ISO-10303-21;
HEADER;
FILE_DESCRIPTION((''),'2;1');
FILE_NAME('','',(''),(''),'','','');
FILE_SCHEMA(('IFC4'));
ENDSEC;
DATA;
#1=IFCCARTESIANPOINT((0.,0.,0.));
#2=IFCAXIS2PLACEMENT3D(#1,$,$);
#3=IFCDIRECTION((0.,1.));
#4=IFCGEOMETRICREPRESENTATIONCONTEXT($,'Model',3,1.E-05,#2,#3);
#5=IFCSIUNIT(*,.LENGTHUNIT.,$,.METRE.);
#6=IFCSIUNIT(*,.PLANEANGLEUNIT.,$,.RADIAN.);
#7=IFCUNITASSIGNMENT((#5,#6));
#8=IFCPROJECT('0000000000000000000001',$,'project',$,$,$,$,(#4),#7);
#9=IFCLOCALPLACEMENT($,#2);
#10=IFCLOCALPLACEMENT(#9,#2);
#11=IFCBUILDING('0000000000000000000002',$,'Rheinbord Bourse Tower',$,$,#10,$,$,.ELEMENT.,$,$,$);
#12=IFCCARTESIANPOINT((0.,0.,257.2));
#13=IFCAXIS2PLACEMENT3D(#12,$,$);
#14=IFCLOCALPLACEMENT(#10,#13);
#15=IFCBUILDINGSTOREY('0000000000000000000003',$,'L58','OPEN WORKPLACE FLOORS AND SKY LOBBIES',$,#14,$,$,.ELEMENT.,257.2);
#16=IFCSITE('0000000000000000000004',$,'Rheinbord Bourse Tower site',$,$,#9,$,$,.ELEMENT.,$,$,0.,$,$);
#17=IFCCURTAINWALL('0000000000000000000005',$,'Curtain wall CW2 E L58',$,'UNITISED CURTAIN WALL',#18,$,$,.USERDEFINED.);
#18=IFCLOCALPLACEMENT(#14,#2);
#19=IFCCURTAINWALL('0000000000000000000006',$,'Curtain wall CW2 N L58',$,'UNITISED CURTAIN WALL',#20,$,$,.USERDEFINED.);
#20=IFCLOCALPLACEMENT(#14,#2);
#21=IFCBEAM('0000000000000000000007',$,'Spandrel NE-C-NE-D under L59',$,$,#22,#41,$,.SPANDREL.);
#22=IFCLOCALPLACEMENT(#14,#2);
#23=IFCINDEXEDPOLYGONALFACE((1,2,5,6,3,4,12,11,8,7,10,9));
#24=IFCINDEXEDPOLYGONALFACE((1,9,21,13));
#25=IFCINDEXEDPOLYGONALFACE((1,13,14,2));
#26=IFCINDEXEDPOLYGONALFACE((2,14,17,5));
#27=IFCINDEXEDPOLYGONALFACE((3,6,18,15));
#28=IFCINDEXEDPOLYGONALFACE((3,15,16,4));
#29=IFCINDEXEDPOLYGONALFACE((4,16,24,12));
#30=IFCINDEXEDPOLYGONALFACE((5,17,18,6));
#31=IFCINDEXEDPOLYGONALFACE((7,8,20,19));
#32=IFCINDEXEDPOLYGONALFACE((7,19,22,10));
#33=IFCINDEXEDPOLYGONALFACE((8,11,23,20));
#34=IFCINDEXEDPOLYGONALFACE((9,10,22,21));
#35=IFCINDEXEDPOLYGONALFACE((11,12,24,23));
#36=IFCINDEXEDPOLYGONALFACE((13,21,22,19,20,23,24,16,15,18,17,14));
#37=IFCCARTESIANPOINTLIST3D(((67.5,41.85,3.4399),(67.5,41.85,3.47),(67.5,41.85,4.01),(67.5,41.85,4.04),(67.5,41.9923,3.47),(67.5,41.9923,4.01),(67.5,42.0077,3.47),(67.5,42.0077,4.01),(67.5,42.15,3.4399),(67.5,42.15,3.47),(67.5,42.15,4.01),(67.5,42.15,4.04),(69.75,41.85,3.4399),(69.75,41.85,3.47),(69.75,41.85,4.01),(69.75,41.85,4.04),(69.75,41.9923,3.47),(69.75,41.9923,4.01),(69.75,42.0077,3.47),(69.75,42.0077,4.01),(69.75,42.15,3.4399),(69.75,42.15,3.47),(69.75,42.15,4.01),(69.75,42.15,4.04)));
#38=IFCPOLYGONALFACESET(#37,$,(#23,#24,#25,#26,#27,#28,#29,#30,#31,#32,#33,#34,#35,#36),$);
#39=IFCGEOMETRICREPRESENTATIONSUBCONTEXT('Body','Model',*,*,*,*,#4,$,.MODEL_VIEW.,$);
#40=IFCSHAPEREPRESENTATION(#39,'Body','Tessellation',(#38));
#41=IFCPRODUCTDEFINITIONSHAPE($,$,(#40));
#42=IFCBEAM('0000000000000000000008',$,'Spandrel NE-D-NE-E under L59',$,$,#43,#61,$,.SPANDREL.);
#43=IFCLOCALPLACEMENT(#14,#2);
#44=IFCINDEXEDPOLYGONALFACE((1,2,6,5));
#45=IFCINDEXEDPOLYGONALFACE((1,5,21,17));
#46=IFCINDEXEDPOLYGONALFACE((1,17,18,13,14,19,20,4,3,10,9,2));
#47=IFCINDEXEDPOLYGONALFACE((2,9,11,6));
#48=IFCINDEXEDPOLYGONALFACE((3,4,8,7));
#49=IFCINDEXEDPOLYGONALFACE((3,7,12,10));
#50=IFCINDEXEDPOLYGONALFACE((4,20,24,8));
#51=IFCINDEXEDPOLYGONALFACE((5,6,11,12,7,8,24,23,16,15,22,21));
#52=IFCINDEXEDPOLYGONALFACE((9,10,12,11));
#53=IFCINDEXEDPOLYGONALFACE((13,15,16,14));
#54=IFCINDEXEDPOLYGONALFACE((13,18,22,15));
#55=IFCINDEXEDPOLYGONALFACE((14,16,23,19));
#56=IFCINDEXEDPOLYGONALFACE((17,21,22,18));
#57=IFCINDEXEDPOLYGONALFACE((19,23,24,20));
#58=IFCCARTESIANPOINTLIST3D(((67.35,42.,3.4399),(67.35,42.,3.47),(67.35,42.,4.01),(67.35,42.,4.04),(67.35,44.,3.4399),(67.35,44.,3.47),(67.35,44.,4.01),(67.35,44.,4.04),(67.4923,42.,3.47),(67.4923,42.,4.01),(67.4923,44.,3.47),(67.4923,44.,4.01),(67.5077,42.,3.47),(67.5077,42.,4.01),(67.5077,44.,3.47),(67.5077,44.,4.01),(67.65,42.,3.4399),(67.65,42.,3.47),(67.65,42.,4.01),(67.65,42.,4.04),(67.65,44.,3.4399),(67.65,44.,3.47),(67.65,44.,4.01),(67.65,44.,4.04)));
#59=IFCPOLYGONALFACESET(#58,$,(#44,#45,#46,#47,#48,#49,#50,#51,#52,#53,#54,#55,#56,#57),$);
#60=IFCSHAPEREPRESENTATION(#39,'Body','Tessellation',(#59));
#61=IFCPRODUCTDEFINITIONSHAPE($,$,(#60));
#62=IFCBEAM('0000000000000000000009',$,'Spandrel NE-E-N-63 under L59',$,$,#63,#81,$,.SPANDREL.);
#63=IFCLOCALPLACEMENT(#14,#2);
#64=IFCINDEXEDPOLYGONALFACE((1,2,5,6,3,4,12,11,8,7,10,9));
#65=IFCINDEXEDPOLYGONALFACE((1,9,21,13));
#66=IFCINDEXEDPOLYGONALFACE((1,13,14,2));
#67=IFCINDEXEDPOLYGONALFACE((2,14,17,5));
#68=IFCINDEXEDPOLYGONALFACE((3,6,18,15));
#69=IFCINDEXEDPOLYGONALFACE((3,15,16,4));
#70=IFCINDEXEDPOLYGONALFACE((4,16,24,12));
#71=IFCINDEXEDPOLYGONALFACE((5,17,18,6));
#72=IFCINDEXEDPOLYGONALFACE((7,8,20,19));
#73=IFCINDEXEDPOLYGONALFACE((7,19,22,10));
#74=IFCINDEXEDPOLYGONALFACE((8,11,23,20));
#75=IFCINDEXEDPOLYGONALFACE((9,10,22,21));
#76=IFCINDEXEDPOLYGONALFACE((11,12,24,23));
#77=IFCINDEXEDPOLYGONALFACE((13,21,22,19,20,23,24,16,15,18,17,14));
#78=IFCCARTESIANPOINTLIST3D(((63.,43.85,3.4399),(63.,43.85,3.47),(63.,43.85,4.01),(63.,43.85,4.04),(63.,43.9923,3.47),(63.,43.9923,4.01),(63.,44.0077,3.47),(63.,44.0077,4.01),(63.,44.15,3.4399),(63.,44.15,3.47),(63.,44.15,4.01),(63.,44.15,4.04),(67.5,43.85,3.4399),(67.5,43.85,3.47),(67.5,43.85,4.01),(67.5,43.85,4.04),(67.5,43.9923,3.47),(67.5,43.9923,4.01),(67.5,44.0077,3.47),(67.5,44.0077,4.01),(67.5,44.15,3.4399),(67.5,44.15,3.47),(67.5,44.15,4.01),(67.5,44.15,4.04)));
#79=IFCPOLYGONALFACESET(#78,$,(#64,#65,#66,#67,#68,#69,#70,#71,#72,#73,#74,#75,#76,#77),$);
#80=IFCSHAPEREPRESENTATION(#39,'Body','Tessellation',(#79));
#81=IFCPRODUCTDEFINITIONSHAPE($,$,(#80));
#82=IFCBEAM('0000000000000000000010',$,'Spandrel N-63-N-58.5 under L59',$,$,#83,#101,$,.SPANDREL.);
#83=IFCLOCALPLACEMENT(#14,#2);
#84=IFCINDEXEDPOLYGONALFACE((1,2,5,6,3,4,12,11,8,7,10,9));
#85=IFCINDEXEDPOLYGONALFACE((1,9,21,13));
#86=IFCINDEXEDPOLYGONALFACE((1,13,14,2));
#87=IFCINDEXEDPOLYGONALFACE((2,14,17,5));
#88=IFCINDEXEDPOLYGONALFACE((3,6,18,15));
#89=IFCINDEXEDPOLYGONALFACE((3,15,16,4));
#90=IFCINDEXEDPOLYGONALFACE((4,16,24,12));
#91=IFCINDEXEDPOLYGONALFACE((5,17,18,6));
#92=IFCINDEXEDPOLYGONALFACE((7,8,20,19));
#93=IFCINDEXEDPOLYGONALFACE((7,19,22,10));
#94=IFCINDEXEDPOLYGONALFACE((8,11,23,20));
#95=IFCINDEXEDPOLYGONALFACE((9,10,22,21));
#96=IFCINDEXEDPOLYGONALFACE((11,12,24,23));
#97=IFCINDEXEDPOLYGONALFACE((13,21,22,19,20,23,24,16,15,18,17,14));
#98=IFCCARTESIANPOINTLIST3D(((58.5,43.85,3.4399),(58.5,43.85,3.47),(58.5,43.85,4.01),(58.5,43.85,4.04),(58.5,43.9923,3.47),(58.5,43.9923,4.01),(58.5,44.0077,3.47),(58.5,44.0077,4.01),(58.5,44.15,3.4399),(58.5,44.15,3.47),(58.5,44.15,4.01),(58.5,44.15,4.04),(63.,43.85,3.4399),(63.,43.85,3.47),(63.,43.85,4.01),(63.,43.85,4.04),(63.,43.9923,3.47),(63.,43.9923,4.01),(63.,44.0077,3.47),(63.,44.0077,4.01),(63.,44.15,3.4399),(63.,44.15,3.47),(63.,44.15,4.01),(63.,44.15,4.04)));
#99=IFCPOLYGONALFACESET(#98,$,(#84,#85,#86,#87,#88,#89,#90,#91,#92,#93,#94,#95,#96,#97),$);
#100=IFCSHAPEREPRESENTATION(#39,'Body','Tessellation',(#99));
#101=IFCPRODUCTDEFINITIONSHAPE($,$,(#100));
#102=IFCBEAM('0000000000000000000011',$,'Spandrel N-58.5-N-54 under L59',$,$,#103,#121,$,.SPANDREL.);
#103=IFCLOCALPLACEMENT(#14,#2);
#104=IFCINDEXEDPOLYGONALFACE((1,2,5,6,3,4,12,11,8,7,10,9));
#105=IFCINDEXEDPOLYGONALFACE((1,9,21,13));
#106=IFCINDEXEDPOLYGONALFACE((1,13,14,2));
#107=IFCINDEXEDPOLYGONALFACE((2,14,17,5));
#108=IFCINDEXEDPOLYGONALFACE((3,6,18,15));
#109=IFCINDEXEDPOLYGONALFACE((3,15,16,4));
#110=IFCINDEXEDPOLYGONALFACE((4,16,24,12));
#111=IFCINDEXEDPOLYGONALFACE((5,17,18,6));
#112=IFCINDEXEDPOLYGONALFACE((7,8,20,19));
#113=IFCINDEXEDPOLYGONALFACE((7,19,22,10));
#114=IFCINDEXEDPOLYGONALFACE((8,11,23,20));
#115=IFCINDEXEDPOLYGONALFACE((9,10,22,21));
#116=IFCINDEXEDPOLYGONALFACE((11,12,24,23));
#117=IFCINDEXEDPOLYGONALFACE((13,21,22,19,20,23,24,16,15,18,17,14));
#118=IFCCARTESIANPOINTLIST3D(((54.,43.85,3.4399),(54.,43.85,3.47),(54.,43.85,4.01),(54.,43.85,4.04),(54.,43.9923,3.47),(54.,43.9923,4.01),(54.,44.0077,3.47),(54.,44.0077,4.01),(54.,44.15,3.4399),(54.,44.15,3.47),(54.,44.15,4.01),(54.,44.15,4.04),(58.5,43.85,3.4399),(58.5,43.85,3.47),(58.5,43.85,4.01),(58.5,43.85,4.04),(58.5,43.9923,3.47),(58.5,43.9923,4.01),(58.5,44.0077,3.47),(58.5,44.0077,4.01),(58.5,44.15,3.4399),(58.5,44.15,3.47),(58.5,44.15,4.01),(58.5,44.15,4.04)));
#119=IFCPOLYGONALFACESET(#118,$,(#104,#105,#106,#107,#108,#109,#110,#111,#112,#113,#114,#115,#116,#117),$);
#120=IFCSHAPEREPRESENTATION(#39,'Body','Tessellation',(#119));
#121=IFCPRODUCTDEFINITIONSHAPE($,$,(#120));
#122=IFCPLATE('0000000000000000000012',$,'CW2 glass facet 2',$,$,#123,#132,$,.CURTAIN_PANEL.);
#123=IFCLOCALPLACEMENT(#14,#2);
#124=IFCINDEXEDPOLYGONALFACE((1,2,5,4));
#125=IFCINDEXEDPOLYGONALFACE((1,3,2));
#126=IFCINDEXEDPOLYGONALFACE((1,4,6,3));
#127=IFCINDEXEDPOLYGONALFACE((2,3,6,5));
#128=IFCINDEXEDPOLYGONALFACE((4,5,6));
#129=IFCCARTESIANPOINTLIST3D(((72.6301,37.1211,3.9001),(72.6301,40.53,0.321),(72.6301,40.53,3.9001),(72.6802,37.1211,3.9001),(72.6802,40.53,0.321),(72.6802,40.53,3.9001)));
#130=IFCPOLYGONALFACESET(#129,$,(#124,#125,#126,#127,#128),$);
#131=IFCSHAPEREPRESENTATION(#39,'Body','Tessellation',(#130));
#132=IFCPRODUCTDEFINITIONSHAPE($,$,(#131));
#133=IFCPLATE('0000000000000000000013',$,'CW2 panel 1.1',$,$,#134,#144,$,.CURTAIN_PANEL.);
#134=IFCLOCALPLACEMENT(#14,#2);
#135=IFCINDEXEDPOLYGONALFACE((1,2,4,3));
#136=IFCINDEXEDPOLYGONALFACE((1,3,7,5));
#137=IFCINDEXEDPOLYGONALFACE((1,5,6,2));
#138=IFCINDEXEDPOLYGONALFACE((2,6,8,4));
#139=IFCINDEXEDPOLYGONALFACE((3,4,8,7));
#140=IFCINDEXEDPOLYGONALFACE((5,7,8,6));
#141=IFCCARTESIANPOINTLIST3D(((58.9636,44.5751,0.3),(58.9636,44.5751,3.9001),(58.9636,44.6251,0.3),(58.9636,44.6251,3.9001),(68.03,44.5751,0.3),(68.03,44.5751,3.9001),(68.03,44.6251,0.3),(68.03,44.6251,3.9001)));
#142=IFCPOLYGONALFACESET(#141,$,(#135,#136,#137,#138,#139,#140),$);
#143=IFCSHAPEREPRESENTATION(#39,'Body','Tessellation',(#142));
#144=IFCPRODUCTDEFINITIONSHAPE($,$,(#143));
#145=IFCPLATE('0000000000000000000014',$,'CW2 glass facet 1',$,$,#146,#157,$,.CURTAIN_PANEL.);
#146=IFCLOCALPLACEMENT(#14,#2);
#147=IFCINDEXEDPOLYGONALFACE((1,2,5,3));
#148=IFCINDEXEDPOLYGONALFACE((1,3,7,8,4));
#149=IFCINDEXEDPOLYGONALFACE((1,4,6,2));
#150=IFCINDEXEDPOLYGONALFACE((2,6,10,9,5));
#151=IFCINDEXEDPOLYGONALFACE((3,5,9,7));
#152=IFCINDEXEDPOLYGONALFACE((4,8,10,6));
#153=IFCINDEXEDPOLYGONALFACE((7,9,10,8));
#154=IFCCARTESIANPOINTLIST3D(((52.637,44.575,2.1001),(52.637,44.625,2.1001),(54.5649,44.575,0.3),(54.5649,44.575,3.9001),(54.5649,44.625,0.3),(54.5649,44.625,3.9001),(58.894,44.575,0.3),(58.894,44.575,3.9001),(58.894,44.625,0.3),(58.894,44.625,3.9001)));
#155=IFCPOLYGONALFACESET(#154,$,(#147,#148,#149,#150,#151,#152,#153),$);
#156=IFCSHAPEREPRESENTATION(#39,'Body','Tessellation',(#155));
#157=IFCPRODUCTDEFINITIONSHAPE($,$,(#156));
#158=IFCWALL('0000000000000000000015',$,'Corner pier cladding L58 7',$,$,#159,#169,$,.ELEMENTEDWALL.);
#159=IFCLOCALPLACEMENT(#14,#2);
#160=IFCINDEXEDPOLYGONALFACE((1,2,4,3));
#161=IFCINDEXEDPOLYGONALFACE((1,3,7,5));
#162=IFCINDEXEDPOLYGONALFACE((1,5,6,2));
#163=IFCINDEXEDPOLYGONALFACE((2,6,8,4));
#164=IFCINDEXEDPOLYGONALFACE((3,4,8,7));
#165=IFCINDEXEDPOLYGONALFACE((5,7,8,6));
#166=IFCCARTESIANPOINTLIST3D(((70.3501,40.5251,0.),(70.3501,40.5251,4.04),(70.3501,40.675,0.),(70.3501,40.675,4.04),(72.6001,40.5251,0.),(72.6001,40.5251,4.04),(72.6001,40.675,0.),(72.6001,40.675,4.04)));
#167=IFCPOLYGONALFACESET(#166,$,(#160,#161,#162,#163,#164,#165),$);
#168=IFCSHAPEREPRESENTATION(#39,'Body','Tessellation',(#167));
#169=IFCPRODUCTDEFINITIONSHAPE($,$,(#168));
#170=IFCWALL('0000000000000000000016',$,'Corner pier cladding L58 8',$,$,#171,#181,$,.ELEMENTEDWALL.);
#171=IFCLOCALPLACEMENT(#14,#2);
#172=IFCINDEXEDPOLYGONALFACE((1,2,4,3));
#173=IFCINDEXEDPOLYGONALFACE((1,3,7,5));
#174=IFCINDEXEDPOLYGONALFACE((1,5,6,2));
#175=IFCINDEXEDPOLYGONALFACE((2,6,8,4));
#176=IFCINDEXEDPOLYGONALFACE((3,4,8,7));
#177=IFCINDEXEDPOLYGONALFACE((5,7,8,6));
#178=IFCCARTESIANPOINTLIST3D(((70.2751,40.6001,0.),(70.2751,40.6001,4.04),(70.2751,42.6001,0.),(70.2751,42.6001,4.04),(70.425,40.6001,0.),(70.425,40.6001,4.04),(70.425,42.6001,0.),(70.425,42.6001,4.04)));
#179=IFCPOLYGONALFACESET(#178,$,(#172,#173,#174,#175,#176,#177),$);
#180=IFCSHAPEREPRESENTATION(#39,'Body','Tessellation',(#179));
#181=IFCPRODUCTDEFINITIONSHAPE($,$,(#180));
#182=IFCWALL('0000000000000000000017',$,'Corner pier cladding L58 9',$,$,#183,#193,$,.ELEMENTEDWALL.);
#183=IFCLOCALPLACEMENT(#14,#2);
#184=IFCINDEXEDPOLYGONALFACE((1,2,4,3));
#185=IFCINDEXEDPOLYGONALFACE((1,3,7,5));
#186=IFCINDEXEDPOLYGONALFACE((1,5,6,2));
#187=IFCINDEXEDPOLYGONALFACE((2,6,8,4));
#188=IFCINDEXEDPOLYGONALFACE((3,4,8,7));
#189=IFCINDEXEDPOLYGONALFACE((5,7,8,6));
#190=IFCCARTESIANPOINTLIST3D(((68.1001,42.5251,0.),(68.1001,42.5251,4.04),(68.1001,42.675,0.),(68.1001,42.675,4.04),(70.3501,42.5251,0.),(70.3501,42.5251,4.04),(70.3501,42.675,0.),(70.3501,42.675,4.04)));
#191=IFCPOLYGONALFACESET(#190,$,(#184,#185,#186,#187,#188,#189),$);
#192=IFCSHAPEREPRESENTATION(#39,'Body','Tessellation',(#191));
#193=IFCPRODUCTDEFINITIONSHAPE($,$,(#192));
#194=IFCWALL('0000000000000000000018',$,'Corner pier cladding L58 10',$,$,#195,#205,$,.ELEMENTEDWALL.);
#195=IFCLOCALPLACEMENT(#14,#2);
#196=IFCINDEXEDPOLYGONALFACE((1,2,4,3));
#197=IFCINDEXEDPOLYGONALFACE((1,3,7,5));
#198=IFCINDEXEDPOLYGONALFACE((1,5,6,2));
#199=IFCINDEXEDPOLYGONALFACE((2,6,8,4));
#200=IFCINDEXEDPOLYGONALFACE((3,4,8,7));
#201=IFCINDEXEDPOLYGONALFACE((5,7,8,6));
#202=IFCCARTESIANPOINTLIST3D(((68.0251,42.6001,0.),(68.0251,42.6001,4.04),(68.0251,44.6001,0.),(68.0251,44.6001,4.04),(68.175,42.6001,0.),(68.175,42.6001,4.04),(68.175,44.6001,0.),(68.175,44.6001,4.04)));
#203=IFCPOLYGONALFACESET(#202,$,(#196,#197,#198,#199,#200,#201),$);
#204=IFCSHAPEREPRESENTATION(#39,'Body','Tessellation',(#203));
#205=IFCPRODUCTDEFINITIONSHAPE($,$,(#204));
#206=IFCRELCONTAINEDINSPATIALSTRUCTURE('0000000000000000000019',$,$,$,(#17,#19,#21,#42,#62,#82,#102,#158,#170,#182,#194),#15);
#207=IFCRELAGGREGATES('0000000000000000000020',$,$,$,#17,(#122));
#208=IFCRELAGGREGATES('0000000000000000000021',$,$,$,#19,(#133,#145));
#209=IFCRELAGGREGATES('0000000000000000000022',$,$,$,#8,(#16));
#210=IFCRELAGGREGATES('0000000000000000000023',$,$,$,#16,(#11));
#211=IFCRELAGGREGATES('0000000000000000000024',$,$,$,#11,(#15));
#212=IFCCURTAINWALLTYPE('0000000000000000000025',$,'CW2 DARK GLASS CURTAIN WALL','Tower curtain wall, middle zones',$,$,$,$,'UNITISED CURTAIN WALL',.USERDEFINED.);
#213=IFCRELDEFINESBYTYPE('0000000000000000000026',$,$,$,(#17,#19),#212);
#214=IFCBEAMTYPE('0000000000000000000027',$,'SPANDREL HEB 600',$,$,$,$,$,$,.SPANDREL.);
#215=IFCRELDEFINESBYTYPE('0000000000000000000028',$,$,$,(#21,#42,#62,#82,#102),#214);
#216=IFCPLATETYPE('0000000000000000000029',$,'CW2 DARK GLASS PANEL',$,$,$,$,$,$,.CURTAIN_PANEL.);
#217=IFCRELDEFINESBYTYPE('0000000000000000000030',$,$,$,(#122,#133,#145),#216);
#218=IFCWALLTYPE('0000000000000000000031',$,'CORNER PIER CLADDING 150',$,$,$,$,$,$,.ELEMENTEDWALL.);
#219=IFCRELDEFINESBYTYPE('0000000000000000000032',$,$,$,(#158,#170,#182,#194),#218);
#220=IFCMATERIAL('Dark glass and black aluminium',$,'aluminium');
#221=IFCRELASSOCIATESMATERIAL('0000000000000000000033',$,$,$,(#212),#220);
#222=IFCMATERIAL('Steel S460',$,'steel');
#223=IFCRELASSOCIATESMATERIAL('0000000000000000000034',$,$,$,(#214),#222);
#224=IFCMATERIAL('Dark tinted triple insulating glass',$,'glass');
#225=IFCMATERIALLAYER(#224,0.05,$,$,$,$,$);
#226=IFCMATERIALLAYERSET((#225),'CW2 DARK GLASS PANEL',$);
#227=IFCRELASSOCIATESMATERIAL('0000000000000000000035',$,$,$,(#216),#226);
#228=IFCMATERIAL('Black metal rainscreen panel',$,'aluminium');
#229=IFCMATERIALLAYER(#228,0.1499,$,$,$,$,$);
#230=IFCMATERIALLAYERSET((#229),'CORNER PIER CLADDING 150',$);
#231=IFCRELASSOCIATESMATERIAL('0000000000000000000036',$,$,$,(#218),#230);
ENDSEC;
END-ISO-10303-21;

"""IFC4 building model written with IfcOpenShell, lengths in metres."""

from ifc_helpers import new_model, si_unit, direction, frame, frame_2d, origin, origin_2d, place, context, subcontext, project, spatial, polyline, rectangle, i_section, outline, extrude, material, layer, layer_set, material_profile, profile_set, type_object, element, aggregate, save


model = new_model("IFC4")

# Units and contexts
model_context = context("Model", 3, precision=1e-05, world=origin(), true_north=direction((0.0, 1.0)))
body_context = subcontext(model_context, "Body", "Model", "MODEL_VIEW")
ifc_project = project(units=[si_unit("LENGTHUNIT", "METRE"), si_unit("PLANEANGLEUNIT", "RADIAN")], contexts=[model_context])

# Site, building, storey
site_placement = place(None, origin())
site = spatial("IfcSite", under=ifc_project, at=site_placement, Name="Rheinbord Bourse Tower site", CompositionType="ELEMENT", RefElevation=0.0)
building_placement = place(site_placement, origin())
building = spatial("IfcBuilding", under=site, at=building_placement, Name="Rheinbord Bourse Tower", CompositionType="ELEMENT")
storey_placement = place(building_placement, frame((0.0, 0.0, 257.2)))
storey = spatial("IfcBuildingStorey", under=building, at=storey_placement, Name="L58", Description="OPEN WORKPLACE FLOORS AND SKY LOBBIES", CompositionType="ELEMENT", Elevation=257.2)

# Curtain walls
ifc_material_1 = material(Name="Dark glass and black aluminium", Category="aluminium")
curtain_wall_type = type_object("IfcCurtainWallType", Name="CW2 DARK GLASS CURTAIN WALL", Description="Tower curtain wall, middle zones", ElementType="UNITISED CURTAIN WALL", PredefinedType="USERDEFINED", material=ifc_material_1)
curtain_wall_1_placement = place(storey_placement, origin())
curtain_wall_1 = element("IfcCurtainWall", 1, at=curtain_wall_1_placement, inside=storey, type_object=curtain_wall_type, Name="Curtain wall CW2 E L58", ObjectType="UNITISED CURTAIN WALL", PredefinedType="USERDEFINED")
curtain_wall_2_placement = place(storey_placement, origin())
curtain_wall_2 = element("IfcCurtainWall", 2, at=curtain_wall_2_placement, inside=storey, type_object=curtain_wall_type, Name="Curtain wall CW2 N L58", ObjectType="UNITISED CURTAIN WALL", PredefinedType="USERDEFINED")

# Beams
ifc_material_2 = material(Name="Steel S460", Category="steel")
ifc_material_profile_1 = material_profile(ifc_material_2, i_section(OverallWidth=0.3, OverallDepth=0.6001, WebThickness=0.0154, FlangeThickness=0.03, at=origin_2d()), Name="HEB 600")
ifc_profile_set_1 = profile_set([ifc_material_profile_1], Name="Steel S460")
beam_type_1 = type_object("IfcBeamType", Name="SPANDREL HEB 600", PredefinedType="SPANDREL", material=ifc_profile_set_1)
for number, where, z_axis, x_axis, name in (
    (3, (69.75, 42.0, 3.74), (-1.0, 0.0, 0.0), (0.0, -1.0, 0.0), "Spandrel NE-C-NE-D under L59"),
):
    element("IfcBeam", number, at=place(storey_placement, frame(where, z_axis=z_axis, x_axis=x_axis)), inside=storey, type_object=beam_type_1, Name=name, PredefinedType="SPANDREL", context=body_context, shape_type="SweptSolid", body=[
        extrude(i_section(OverallWidth=0.3, OverallDepth=0.6001, WebThickness=0.0154, FlangeThickness=0.03, at=origin_2d()), origin(), (0.0, 0.0, 1.0), 2.25),
    ])
beam_placement = place(storey_placement, frame((67.5, 42.0, 3.74), z_axis=(0.0, 1.0, 0.0), x_axis=(-1.0, 0.0, 0.0)))
element("IfcBeam", 4, at=beam_placement, inside=storey, type_object=beam_type_1, Name="Spandrel NE-D-NE-E under L59", PredefinedType="SPANDREL", context=body_context, shape_type="SweptSolid", body=[
    extrude(i_section(OverallWidth=0.3, OverallDepth=0.6001, WebThickness=0.0154, FlangeThickness=0.03, at=origin_2d()), origin(), (0.0, 0.0, 1.0), 2.0),
])
for number, where, z_axis, x_axis, name in (
    (5, (67.5, 44.0, 3.74), (-1.0, 0.0, 0.0), (0.0, -1.0, 0.0), "Spandrel NE-E-N-63 under L59"),
    (6, (63.0, 44.0, 3.74), (-1.0, 0.0, 0.0), (0.0, -1.0, 0.0), "Spandrel N-63-N-58.5 under L59"),
    (7, (58.5, 44.0, 3.74), (-1.0, 0.0, 0.0), (0.0, -1.0, 0.0), "Spandrel N-58.5-N-54 under L59"),
):
    element("IfcBeam", number, at=place(storey_placement, frame(where, z_axis=z_axis, x_axis=x_axis)), inside=storey, type_object=beam_type_1, Name=name, PredefinedType="SPANDREL", context=body_context, shape_type="SweptSolid", body=[
        extrude(i_section(OverallWidth=0.3, OverallDepth=0.6001, WebThickness=0.0154, FlangeThickness=0.03, at=origin_2d()), origin(), (0.0, 0.0, 1.0), 4.5),
    ])

# Plates
ifc_material_3 = material(Name="Dark tinted triple insulating glass", Category="glass")
ifc_layer_1 = layer(ifc_material_3, 0.05)
ifc_layer_set_1 = layer_set([ifc_layer_1], Name="CW2 DARK GLASS PANEL")
plate_type = type_object("IfcPlateType", Name="CW2 DARK GLASS PANEL", PredefinedType="CURTAIN_PANEL", material=ifc_layer_set_1)
plate_1_placement = place(storey_placement, frame((72.6802, 40.53, 3.9001), z_axis=(-1.0, 0.0, 0.0), x_axis=(0.0, 0.0, -1.0)))
plate_1 = element("IfcPlate", 8, at=plate_1_placement, type_object=plate_type, Name="CW2 glass facet 2", PredefinedType="CURTAIN_PANEL", context=body_context, shape_type="SweptSolid", body=[
    extrude(outline(polyline([(0.0, 0.0), (3.5791, 0.0), (0.0, 3.4089), (0.0, 0.0)])), origin(), (0.0, 0.0, 1.0), 0.05),
])
aggregate(curtain_wall_1, [plate_1])
plate_2_placement = place(storey_placement, frame((63.4968, 44.6001, 0.3), z_axis=(0.0, 0.0, 1.0), x_axis=(-1.0, 0.0, 0.0)))
plate_2 = element("IfcPlate", 9, at=plate_2_placement, type_object=plate_type, Name="CW2 panel 1.1", PredefinedType="CURTAIN_PANEL", context=body_context, shape_type="SweptSolid", body=[
    extrude(rectangle(XDim=9.0664, YDim=0.05, at=origin_2d()), origin(), (0.0, 0.0, 1.0), 3.6001),
])
plate_3_placement = place(storey_placement, frame((58.894, 44.625, 0.3), z_axis=(0.0, -1.0, 0.0), x_axis=(0.0, 0.0, 1.0)))
plate_3 = element("IfcPlate", 10, at=plate_3_placement, type_object=plate_type, Name="CW2 glass facet 1", PredefinedType="CURTAIN_PANEL", context=body_context, shape_type="SweptSolid", body=[
    extrude(outline(polyline([(0.0, 0.0), (3.6001, 0.0), (3.6001, 4.3291), (1.8, 6.2571), (0.0, 4.3291), (0.0, 0.0)])), origin(), (0.0, 0.0, 1.0), 0.05),
])
aggregate(curtain_wall_2, [plate_2, plate_3])

# Walls
ifc_material_4 = material(Name="Black metal rainscreen panel", Category="aluminium")
ifc_layer_2 = layer(ifc_material_4, 0.1499)
ifc_layer_set_2 = layer_set([ifc_layer_2], Name="CORNER PIER CLADDING 150")
wall_type = type_object("IfcWallType", Name="CORNER PIER CLADDING 150", PredefinedType="ELEMENTEDWALL", material=ifc_layer_set_2)
wall_1_placement = place(storey_placement, frame((72.6001, 40.6001, 0.0), z_axis=(0.0, 0.0, 1.0), x_axis=(-1.0, 0.0, 0.0)))
element("IfcWall", 11, at=wall_1_placement, inside=storey, type_object=wall_type, Name="Corner pier cladding L58 7", PredefinedType="ELEMENTEDWALL", context=body_context, shape_type="SweptSolid", body=[
    extrude(rectangle(XDim=2.25, YDim=0.1499, at=frame_2d((1.125, 0.0))), origin(), (0.0, 0.0, 1.0), 4.04),
])
wall_2_placement = place(storey_placement, frame((70.3501, 40.6001, 0.0), z_axis=(0.0, 0.0, 1.0), x_axis=(0.0, 1.0, 0.0)))
element("IfcWall", 12, at=wall_2_placement, inside=storey, type_object=wall_type, Name="Corner pier cladding L58 8", PredefinedType="ELEMENTEDWALL", context=body_context, shape_type="SweptSolid", body=[
    extrude(rectangle(XDim=2.0, YDim=0.1499, at=frame_2d((1.0, 0.0))), origin(), (0.0, 0.0, 1.0), 4.04),
])
wall_3_placement = place(storey_placement, frame((70.3501, 42.6001, 0.0), z_axis=(0.0, 0.0, 1.0), x_axis=(-1.0, 0.0, 0.0)))
element("IfcWall", 13, at=wall_3_placement, inside=storey, type_object=wall_type, Name="Corner pier cladding L58 9", PredefinedType="ELEMENTEDWALL", context=body_context, shape_type="SweptSolid", body=[
    extrude(rectangle(XDim=2.25, YDim=0.1499, at=frame_2d((1.125, 0.0))), origin(), (0.0, 0.0, 1.0), 4.04),
])
wall_4_placement = place(storey_placement, frame((68.1001, 42.6001, 0.0), z_axis=(0.0, 0.0, 1.0), x_axis=(0.0, 1.0, 0.0)))
element("IfcWall", 14, at=wall_4_placement, inside=storey, type_object=wall_type, Name="Corner pier cladding L58 10", PredefinedType="ELEMENTEDWALL", context=body_context, shape_type="SweptSolid", body=[
    extrude(rectangle(XDim=2.0, YDim=0.1499, at=frame_2d((1.0, 0.0))), origin(), (0.0, 0.0, 1.0), 4.04),
])

save(model, "model.ifc")
